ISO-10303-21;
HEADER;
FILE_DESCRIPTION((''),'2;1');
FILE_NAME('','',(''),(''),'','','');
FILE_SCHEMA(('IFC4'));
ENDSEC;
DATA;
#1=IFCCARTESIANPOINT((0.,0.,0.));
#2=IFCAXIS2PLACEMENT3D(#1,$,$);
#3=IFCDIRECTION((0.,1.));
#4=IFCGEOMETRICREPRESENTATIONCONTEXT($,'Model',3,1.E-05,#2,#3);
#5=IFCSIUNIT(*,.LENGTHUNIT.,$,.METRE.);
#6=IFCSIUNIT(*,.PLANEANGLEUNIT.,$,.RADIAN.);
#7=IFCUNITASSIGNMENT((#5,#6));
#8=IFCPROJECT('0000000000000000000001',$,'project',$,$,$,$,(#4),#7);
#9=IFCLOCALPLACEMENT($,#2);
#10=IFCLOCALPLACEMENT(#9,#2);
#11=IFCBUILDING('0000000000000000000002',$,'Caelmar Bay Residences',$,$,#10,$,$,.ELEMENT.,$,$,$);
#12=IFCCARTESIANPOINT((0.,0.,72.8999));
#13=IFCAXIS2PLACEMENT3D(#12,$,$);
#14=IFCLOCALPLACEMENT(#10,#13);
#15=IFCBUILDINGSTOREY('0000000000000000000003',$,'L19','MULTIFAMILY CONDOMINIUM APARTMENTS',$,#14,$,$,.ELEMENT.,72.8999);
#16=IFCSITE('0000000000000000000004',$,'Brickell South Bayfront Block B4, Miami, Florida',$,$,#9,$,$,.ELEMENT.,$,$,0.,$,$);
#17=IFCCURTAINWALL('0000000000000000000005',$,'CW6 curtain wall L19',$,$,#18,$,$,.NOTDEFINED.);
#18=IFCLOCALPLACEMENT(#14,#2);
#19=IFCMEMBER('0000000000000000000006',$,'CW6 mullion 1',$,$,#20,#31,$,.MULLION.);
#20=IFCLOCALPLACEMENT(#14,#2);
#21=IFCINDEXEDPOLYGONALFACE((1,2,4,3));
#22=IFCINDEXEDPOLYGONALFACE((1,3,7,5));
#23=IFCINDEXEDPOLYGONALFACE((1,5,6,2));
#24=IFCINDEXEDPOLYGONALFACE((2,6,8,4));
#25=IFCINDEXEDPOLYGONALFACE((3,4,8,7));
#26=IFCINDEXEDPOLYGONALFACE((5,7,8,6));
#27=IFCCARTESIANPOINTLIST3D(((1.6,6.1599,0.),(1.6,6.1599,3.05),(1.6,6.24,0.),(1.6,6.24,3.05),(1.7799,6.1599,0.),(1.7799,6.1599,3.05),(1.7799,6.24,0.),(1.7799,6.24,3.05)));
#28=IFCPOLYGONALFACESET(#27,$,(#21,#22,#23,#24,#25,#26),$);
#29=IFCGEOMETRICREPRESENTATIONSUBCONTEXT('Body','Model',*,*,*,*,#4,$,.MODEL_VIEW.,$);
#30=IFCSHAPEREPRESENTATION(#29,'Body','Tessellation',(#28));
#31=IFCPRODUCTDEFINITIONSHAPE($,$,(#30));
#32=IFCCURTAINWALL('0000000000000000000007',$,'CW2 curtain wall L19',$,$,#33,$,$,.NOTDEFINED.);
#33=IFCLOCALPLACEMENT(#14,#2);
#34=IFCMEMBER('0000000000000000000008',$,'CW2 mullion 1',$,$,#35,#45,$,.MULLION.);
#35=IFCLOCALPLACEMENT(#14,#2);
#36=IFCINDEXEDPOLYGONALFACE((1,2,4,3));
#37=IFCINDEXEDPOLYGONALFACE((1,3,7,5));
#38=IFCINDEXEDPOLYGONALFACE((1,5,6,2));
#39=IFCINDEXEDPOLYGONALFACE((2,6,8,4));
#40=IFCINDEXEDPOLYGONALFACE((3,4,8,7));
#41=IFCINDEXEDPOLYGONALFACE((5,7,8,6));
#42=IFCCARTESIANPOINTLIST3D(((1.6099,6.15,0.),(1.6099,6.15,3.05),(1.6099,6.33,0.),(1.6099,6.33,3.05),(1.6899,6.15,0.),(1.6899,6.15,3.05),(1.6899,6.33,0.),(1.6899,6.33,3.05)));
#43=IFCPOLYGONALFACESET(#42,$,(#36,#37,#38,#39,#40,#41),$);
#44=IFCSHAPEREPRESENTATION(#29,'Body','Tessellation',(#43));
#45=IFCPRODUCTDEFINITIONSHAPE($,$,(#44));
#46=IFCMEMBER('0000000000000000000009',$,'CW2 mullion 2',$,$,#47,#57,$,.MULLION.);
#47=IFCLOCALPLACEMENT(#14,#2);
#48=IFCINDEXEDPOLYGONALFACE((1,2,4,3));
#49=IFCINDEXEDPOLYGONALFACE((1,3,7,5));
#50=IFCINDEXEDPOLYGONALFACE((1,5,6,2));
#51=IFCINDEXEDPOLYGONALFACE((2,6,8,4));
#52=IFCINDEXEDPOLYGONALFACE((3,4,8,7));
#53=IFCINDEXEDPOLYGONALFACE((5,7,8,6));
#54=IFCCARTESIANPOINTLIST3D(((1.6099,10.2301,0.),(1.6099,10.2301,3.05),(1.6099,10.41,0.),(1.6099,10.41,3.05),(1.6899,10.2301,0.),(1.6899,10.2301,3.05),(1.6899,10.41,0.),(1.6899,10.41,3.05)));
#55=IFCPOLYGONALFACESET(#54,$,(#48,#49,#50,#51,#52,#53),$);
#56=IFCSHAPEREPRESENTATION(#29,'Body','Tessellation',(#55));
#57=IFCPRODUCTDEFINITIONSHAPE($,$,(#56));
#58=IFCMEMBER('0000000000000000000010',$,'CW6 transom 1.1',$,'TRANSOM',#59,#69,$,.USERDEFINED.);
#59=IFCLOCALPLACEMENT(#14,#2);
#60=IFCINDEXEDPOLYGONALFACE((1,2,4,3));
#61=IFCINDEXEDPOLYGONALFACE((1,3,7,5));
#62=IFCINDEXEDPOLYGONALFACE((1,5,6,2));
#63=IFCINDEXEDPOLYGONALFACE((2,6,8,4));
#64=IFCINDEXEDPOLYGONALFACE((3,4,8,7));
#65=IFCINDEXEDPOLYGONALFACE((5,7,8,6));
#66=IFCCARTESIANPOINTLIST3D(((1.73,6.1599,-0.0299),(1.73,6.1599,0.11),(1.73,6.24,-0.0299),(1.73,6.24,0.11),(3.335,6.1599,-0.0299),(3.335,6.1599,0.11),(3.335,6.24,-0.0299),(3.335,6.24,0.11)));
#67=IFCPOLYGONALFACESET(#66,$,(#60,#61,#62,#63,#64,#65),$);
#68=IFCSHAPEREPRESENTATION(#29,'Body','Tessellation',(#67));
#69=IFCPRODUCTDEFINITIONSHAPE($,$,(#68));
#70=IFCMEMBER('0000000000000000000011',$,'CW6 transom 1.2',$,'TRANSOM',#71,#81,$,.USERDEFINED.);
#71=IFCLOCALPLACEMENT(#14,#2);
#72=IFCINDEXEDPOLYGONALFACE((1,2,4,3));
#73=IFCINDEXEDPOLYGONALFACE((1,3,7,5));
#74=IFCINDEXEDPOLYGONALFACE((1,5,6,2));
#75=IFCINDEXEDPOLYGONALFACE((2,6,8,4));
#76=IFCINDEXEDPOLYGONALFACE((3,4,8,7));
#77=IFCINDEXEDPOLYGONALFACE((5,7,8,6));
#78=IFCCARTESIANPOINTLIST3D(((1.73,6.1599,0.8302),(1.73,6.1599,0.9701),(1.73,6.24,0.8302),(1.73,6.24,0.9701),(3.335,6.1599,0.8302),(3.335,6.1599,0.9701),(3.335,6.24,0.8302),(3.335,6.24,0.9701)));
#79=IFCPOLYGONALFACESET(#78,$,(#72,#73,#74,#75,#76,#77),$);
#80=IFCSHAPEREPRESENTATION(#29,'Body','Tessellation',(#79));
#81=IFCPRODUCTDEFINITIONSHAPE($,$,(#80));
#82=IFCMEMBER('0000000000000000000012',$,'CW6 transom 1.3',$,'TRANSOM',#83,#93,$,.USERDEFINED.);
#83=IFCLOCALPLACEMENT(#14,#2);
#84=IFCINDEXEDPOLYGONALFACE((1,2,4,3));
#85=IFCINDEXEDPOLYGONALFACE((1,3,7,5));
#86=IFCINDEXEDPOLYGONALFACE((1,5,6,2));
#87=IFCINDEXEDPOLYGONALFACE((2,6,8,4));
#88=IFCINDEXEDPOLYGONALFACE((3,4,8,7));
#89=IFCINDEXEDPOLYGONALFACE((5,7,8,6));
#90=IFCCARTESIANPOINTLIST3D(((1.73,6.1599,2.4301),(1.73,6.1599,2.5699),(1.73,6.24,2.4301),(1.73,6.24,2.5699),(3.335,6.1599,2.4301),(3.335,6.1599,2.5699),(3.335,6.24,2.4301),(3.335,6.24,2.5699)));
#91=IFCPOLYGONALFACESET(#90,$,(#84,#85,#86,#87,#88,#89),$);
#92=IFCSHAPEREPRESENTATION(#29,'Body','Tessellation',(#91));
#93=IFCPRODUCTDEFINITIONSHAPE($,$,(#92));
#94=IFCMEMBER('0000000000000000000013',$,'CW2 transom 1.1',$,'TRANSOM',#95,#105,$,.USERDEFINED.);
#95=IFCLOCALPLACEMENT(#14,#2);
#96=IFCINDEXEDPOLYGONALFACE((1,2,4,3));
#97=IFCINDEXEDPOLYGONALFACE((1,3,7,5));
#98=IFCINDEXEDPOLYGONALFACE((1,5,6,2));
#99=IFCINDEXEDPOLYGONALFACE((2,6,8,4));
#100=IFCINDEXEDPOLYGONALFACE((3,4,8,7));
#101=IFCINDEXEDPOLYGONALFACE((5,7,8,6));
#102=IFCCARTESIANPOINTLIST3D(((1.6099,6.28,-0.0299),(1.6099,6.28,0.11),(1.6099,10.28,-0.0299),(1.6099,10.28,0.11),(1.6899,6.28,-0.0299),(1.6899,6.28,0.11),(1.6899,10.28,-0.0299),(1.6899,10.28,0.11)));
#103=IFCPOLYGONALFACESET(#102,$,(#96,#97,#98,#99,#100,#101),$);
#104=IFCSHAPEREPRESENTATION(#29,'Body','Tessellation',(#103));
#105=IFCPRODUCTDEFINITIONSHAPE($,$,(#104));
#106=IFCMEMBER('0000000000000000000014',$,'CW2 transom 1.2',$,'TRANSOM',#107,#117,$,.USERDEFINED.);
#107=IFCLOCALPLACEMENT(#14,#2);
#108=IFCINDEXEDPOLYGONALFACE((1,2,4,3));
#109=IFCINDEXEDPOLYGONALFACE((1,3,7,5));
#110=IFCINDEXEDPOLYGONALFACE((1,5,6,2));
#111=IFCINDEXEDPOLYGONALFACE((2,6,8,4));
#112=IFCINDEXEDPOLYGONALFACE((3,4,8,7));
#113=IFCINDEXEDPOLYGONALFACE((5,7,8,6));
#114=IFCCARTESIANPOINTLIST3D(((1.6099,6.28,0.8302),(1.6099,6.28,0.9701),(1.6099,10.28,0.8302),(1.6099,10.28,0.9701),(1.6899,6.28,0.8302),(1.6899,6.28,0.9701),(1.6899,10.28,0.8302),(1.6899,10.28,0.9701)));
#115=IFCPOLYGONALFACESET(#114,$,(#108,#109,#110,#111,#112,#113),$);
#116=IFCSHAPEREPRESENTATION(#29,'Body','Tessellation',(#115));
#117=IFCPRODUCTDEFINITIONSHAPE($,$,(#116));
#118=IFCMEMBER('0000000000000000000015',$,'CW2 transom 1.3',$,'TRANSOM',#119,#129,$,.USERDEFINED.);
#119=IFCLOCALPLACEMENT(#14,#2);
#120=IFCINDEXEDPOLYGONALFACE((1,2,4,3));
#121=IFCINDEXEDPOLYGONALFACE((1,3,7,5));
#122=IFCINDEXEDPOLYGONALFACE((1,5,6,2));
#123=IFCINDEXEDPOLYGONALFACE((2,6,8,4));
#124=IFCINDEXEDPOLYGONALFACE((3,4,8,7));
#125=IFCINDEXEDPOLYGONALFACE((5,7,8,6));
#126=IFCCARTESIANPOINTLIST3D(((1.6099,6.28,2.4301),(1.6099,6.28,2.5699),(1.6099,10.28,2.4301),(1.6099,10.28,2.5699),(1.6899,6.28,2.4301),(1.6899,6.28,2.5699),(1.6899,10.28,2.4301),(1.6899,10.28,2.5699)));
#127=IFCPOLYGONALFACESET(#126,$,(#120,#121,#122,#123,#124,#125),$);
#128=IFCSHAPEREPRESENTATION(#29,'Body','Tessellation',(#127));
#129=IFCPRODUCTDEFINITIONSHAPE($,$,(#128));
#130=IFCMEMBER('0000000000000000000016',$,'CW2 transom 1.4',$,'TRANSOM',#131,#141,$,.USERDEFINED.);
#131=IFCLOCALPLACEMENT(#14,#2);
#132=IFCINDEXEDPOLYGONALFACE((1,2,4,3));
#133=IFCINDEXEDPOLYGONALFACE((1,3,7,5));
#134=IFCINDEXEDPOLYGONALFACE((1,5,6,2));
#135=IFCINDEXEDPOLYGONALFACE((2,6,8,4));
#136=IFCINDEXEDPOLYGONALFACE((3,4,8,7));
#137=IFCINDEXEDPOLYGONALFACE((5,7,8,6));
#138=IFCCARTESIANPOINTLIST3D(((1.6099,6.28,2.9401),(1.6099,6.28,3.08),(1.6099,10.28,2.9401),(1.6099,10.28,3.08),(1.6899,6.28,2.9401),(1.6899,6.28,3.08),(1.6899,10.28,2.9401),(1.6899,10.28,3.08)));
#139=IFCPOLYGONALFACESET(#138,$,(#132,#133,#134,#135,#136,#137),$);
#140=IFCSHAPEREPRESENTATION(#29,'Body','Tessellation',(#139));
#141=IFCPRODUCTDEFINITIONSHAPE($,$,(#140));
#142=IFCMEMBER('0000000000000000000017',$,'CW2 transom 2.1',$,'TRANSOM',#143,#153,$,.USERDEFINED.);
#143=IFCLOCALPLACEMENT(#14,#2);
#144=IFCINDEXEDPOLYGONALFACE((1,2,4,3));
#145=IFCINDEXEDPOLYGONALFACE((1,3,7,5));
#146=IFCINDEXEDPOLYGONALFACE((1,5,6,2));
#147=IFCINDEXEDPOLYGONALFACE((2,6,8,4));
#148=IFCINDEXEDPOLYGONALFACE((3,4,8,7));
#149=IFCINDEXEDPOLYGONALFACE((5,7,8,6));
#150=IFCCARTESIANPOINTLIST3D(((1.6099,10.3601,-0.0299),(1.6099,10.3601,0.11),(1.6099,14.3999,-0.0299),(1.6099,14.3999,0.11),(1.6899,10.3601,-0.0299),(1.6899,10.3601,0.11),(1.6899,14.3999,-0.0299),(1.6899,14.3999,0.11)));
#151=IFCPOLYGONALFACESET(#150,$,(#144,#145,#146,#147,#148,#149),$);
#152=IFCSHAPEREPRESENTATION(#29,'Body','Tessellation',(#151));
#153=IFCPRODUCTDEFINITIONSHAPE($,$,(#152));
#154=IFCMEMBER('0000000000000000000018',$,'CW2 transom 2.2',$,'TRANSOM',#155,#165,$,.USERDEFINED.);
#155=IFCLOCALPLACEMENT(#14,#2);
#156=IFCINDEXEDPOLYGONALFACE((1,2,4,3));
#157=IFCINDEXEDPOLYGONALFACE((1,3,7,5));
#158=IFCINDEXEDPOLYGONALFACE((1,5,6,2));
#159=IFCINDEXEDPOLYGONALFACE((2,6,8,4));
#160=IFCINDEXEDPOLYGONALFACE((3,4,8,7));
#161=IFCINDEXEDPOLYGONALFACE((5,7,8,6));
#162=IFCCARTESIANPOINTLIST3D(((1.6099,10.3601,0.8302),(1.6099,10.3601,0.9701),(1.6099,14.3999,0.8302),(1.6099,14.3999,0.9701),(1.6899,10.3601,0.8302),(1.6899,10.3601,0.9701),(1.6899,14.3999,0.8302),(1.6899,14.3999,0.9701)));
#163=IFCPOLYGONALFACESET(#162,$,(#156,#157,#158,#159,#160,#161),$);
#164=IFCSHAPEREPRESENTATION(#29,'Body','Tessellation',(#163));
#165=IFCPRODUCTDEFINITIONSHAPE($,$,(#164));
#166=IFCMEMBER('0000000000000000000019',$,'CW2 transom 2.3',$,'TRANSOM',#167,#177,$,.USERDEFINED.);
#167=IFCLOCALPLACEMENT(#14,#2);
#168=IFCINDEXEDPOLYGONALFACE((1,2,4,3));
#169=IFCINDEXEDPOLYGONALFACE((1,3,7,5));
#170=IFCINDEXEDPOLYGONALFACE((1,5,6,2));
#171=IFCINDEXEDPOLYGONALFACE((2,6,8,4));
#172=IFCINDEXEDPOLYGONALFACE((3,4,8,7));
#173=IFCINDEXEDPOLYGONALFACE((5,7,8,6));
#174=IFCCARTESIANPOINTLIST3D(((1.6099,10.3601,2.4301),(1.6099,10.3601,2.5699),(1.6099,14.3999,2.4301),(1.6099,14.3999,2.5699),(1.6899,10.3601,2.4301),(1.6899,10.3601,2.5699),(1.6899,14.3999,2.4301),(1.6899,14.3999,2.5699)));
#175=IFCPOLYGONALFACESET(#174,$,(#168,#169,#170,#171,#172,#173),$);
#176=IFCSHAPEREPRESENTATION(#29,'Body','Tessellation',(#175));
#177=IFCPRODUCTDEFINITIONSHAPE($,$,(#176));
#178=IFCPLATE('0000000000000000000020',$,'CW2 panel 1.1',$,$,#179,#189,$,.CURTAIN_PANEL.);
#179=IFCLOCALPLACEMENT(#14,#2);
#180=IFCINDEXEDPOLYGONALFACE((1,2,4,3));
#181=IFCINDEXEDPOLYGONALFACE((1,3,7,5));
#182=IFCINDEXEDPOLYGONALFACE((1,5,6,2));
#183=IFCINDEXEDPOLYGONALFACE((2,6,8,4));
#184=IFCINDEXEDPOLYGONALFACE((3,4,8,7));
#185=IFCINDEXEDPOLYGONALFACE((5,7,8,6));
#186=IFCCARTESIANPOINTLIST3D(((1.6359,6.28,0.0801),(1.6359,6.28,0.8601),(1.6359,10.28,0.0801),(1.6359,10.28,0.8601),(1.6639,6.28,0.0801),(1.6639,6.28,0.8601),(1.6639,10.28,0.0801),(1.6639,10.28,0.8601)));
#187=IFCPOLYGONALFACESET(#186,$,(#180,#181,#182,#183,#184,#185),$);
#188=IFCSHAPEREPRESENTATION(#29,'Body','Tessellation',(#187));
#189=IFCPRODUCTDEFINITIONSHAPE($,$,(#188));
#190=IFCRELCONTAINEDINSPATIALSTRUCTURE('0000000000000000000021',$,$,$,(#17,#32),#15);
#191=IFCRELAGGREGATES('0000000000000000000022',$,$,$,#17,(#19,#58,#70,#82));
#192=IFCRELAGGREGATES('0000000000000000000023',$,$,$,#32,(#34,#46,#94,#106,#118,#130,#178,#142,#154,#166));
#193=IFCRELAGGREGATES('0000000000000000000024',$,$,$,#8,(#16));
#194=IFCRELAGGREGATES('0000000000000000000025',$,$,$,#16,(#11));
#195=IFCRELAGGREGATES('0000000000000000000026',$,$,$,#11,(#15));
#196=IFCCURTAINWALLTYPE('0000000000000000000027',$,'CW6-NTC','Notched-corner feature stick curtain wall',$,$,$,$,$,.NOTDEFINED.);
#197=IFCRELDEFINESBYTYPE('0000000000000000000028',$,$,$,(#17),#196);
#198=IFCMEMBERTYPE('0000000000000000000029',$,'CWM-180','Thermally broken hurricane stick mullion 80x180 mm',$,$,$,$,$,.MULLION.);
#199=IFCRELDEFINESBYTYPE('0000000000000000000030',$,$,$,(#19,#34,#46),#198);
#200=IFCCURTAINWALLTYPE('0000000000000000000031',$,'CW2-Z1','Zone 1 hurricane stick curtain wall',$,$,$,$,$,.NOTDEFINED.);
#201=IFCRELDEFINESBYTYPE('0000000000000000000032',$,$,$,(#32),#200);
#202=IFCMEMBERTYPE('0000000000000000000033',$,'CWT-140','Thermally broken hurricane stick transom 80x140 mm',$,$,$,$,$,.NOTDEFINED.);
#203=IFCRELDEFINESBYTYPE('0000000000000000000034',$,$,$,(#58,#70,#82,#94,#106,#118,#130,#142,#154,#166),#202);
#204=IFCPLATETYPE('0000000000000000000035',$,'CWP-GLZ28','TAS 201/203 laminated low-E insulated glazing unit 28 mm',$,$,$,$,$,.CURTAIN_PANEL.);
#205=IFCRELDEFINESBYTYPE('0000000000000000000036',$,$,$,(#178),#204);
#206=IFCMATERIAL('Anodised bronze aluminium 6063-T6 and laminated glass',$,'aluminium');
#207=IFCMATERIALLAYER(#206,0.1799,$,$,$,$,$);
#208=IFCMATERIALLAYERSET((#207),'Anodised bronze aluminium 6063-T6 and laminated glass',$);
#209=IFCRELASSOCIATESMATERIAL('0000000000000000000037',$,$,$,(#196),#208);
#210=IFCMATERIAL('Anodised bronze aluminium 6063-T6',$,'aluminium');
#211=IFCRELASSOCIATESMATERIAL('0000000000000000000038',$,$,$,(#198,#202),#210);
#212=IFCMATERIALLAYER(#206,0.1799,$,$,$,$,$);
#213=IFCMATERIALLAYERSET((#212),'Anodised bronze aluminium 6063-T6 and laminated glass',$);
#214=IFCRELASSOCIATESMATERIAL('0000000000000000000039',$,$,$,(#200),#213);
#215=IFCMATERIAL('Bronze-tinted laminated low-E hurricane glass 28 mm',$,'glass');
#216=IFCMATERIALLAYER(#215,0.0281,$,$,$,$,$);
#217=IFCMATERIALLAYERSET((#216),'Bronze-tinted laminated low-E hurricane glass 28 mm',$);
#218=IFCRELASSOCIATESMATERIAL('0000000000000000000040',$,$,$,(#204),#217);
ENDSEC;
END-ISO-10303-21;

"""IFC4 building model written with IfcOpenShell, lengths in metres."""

from ifc_helpers import new_model, si_unit, direction, frame, origin, origin_2d, place, context, subcontext, project, spatial, rectangle, extrude, material, layer, layer_set, material_profile, profile_set, type_object, element, aggregate, save


model = new_model("IFC4")

# Units and contexts
model_context = context("Model", 3, precision=1e-05, world=origin(), true_north=direction((0.0, 1.0)))
body_context = subcontext(model_context, "Body", "Model", "MODEL_VIEW")
ifc_project = project(units=[si_unit("LENGTHUNIT", "METRE"), si_unit("PLANEANGLEUNIT", "RADIAN")], contexts=[model_context])

# Site, building, storey
site_placement = place(None, origin())
site = spatial("IfcSite", under=ifc_project, at=site_placement, Name="Brickell South Bayfront Block B4, Miami, Florida", CompositionType="ELEMENT", RefElevation=0.0)
building_placement = place(site_placement, origin())
building = spatial("IfcBuilding", under=site, at=building_placement, Name="Caelmar Bay Residences", CompositionType="ELEMENT")
storey_placement = place(building_placement, frame((0.0, 0.0, 72.8999)))
storey = spatial("IfcBuildingStorey", under=building, at=storey_placement, Name="L19", Description="MULTIFAMILY CONDOMINIUM APARTMENTS", CompositionType="ELEMENT", Elevation=72.8999)

# Curtain wall, member
ifc_material_1 = material(Name="Anodised bronze aluminium 6063-T6 and laminated glass", Category="aluminium")
ifc_layer_1 = layer(ifc_material_1, 0.1799)
ifc_layer_set_1 = layer_set([ifc_layer_1], Name="Anodised bronze aluminium 6063-T6 and laminated glass")
curtain_wall_type_1 = type_object("IfcCurtainWallType", Name="CW6-NTC", Description="Notched-corner feature stick curtain wall", PredefinedType="NOTDEFINED", material=ifc_layer_set_1)
curtain_wall_1_placement = place(storey_placement, origin())
curtain_wall_1 = element("IfcCurtainWall", 1, at=curtain_wall_1_placement, inside=storey, type_object=curtain_wall_type_1, Name="CW6 curtain wall L19", PredefinedType="NOTDEFINED")
ifc_material_2 = material(Name="Anodised bronze aluminium 6063-T6", Category="aluminium")
ifc_material_profile_1 = material_profile(ifc_material_2, rectangle(XDim=0.0801, YDim=0.1799, at=origin_2d()), Name="CWM-80X180")
ifc_profile_set_1 = profile_set([ifc_material_profile_1], Name="Anodised bronze aluminium 6063-T6")
member_type_1 = type_object("IfcMemberType", Name="CWM-180", Description="Thermally broken hurricane stick mullion 80x180 mm", PredefinedType="MULLION", material=ifc_profile_set_1)
member_1_placement = place(storey_placement, frame((1.6899, 6.2, 0.0), z_axis=(0.0, 0.0, 1.0), x_axis=(0.0, 1.0, 0.0)))
member_1 = element("IfcMember", 2, at=member_1_placement, type_object=member_type_1, Name="CW6 mullion 1", PredefinedType="MULLION", context=body_context, shape_type="SweptSolid", body=[
    extrude(rectangle(XDim=0.0801, YDim=0.1799, at=origin_2d()), origin(), (0.0, 0.0, 1.0), 3.05),
])

# Curtain wall, members
ifc_layer_2 = layer(ifc_material_1, 0.1799)
ifc_layer_set_2 = layer_set([ifc_layer_2], Name="Anodised bronze aluminium 6063-T6 and laminated glass")
curtain_wall_type_2 = type_object("IfcCurtainWallType", Name="CW2-Z1", Description="Zone 1 hurricane stick curtain wall", PredefinedType="NOTDEFINED", material=ifc_layer_set_2)
curtain_wall_2_placement = place(storey_placement, origin())
curtain_wall_2 = element("IfcCurtainWall", 3, at=curtain_wall_2_placement, inside=storey, type_object=curtain_wall_type_2, Name="CW2 curtain wall L19", PredefinedType="NOTDEFINED")
member_2_placement = place(storey_placement, frame((1.6499, 6.24, 0.0), z_axis=(0.0, 0.0, 1.0), x_axis=(-1.0, 0.0, 0.0)))
member_2 = element("IfcMember", 4, at=member_2_placement, type_object=member_type_1, Name="CW2 mullion 1", PredefinedType="MULLION", context=body_context, shape_type="SweptSolid", body=[
    extrude(rectangle(XDim=0.0801, YDim=0.1799, at=origin_2d()), origin(), (0.0, 0.0, 1.0), 3.05),
])
member_3_placement = place(storey_placement, frame((1.6499, 10.3201, 0.0), z_axis=(0.0, 0.0, 1.0), x_axis=(-1.0, 0.0, 0.0)))
member_3 = element("IfcMember", 5, at=member_3_placement, type_object=member_type_1, Name="CW2 mullion 2", PredefinedType="MULLION", context=body_context, shape_type="SweptSolid", body=[
    extrude(rectangle(XDim=0.0801, YDim=0.1799, at=origin_2d()), origin(), (0.0, 0.0, 1.0), 3.05),
])

# Members
ifc_material_profile_2 = material_profile(ifc_material_2, rectangle(XDim=0.0801, YDim=0.1399, at=origin_2d()), Name="CWT-80X140")
ifc_profile_set_2 = profile_set([ifc_material_profile_2], Name="Anodised bronze aluminium 6063-T6")
member_type_2 = type_object("IfcMemberType", Name="CWT-140", Description="Thermally broken hurricane stick transom 80x140 mm", PredefinedType="NOTDEFINED", material=ifc_profile_set_2)
member_4_placement = place(storey_placement, frame((1.73, 6.2, 0.04), z_axis=(1.0, 0.0, 0.0), x_axis=(0.0, 1.0, 0.0)))
member_4 = element("IfcMember", 6, at=member_4_placement, type_object=member_type_2, Name="CW6 transom 1.1", ObjectType="TRANSOM", PredefinedType="USERDEFINED", context=body_context, shape_type="SweptSolid", body=[
    extrude(rectangle(XDim=0.0801, YDim=0.1399, at=origin_2d()), origin(), (0.0, 0.0, 1.0), 1.605),
])
member_5_placement = place(storey_placement, frame((1.73, 6.2, 0.9001), z_axis=(1.0, 0.0, 0.0), x_axis=(0.0, 1.0, 0.0)))
member_5 = element("IfcMember", 7, at=member_5_placement, type_object=member_type_2, Name="CW6 transom 1.2", ObjectType="TRANSOM", PredefinedType="USERDEFINED", context=body_context, shape_type="SweptSolid", body=[
    extrude(rectangle(XDim=0.0801, YDim=0.1399, at=origin_2d()), origin(), (0.0, 0.0, 1.0), 1.605),
])
member_6_placement = place(storey_placement, frame((1.73, 6.2, 2.5), z_axis=(1.0, 0.0, 0.0), x_axis=(0.0, 1.0, 0.0)))
member_6 = element("IfcMember", 8, at=member_6_placement, type_object=member_type_2, Name="CW6 transom 1.3", ObjectType="TRANSOM", PredefinedType="USERDEFINED", context=body_context, shape_type="SweptSolid", body=[
    extrude(rectangle(XDim=0.0801, YDim=0.1399, at=origin_2d()), origin(), (0.0, 0.0, 1.0), 1.605),
])
aggregate(curtain_wall_1, [member_1, member_4, member_5, member_6])
member_7_placement = place(storey_placement, frame((1.6499, 6.28, 0.04), z_axis=(0.0, 1.0, 0.0), x_axis=(-1.0, 0.0, 0.0)))
member_7 = element("IfcMember", 9, at=member_7_placement, type_object=member_type_2, Name="CW2 transom 1.1", ObjectType="TRANSOM", PredefinedType="USERDEFINED", context=body_context, shape_type="SweptSolid", body=[
    extrude(rectangle(XDim=0.0801, YDim=0.1399, at=origin_2d()), origin(), (0.0, 0.0, 1.0), 4.0),
])
member_8_placement = place(storey_placement, frame((1.6499, 6.28, 0.9001), z_axis=(0.0, 1.0, 0.0), x_axis=(-1.0, 0.0, 0.0)))
member_8 = element("IfcMember", 10, at=member_8_placement, type_object=member_type_2, Name="CW2 transom 1.2", ObjectType="TRANSOM", PredefinedType="USERDEFINED", context=body_context, shape_type="SweptSolid", body=[
    extrude(rectangle(XDim=0.0801, YDim=0.1399, at=origin_2d()), origin(), (0.0, 0.0, 1.0), 4.0),
])
member_9_placement = place(storey_placement, frame((1.6499, 6.28, 2.5), z_axis=(0.0, 1.0, 0.0), x_axis=(-1.0, 0.0, 0.0)))
member_9 = element("IfcMember", 11, at=member_9_placement, type_object=member_type_2, Name="CW2 transom 1.3", ObjectType="TRANSOM", PredefinedType="USERDEFINED", context=body_context, shape_type="SweptSolid", body=[
    extrude(rectangle(XDim=0.0801, YDim=0.1399, at=origin_2d()), origin(), (0.0, 0.0, 1.0), 4.0),
])
member_10_placement = place(storey_placement, frame((1.6499, 6.28, 3.01), z_axis=(0.0, 1.0, 0.0), x_axis=(-1.0, 0.0, 0.0)))
member_10 = element("IfcMember", 12, at=member_10_placement, type_object=member_type_2, Name="CW2 transom 1.4", ObjectType="TRANSOM", PredefinedType="USERDEFINED", context=body_context, shape_type="SweptSolid", body=[
    extrude(rectangle(XDim=0.0801, YDim=0.1399, at=origin_2d()), origin(), (0.0, 0.0, 1.0), 4.0),
])
member_11_placement = place(storey_placement, frame((1.6499, 10.3601, 0.04), z_axis=(0.0, 1.0, 0.0), x_axis=(-1.0, 0.0, 0.0)))
member_11 = element("IfcMember", 13, at=member_11_placement, type_object=member_type_2, Name="CW2 transom 2.1", ObjectType="TRANSOM", PredefinedType="USERDEFINED", context=body_context, shape_type="SweptSolid", body=[
    extrude(rectangle(XDim=0.0801, YDim=0.1399, at=origin_2d()), origin(), (0.0, 0.0, 1.0), 4.0398),
])
member_12_placement = place(storey_placement, frame((1.6499, 10.3601, 0.9001), z_axis=(0.0, 1.0, 0.0), x_axis=(-1.0, 0.0, 0.0)))
member_12 = element("IfcMember", 14, at=member_12_placement, type_object=member_type_2, Name="CW2 transom 2.2", ObjectType="TRANSOM", PredefinedType="USERDEFINED", context=body_context, shape_type="SweptSolid", body=[
    extrude(rectangle(XDim=0.0801, YDim=0.1399, at=origin_2d()), origin(), (0.0, 0.0, 1.0), 4.0398),
])
member_13_placement = place(storey_placement, frame((1.6499, 10.3601, 2.5), z_axis=(0.0, 1.0, 0.0), x_axis=(-1.0, 0.0, 0.0)))
member_13 = element("IfcMember", 15, at=member_13_placement, type_object=member_type_2, Name="CW2 transom 2.3", ObjectType="TRANSOM", PredefinedType="USERDEFINED", context=body_context, shape_type="SweptSolid", body=[
    extrude(rectangle(XDim=0.0801, YDim=0.1399, at=origin_2d()), origin(), (0.0, 0.0, 1.0), 4.0398),
])

# Plate
ifc_material_3 = material(Name="Bronze-tinted laminated low-E hurricane glass 28 mm", Category="glass")
ifc_layer_3 = layer(ifc_material_3, 0.0281)
ifc_layer_set_3 = layer_set([ifc_layer_3], Name="Bronze-tinted laminated low-E hurricane glass 28 mm")
plate_type = type_object("IfcPlateType", Name="CWP-GLZ28", Description="TAS 201/203 laminated low-E insulated glazing unit 28 mm", PredefinedType="CURTAIN_PANEL", material=ifc_layer_set_3)
plate_1_placement = place(storey_placement, frame((1.6499, 8.28, 0.0801), z_axis=(0.0, 0.0, 1.0), x_axis=(0.0, 1.0, 0.0)))
plate_1 = element("IfcPlate", 16, at=plate_1_placement, type_object=plate_type, Name="CW2 panel 1.1", PredefinedType="CURTAIN_PANEL", context=body_context, shape_type="SweptSolid", body=[
    extrude(rectangle(XDim=4.0, YDim=0.0281, at=origin_2d()), origin(), (0.0, 0.0, 1.0), 0.78),
])
aggregate(curtain_wall_2, [member_2, member_3, member_7, member_8, member_9, member_10, plate_1, member_11, member_12, member_13])

save(model, "model.ifc")
